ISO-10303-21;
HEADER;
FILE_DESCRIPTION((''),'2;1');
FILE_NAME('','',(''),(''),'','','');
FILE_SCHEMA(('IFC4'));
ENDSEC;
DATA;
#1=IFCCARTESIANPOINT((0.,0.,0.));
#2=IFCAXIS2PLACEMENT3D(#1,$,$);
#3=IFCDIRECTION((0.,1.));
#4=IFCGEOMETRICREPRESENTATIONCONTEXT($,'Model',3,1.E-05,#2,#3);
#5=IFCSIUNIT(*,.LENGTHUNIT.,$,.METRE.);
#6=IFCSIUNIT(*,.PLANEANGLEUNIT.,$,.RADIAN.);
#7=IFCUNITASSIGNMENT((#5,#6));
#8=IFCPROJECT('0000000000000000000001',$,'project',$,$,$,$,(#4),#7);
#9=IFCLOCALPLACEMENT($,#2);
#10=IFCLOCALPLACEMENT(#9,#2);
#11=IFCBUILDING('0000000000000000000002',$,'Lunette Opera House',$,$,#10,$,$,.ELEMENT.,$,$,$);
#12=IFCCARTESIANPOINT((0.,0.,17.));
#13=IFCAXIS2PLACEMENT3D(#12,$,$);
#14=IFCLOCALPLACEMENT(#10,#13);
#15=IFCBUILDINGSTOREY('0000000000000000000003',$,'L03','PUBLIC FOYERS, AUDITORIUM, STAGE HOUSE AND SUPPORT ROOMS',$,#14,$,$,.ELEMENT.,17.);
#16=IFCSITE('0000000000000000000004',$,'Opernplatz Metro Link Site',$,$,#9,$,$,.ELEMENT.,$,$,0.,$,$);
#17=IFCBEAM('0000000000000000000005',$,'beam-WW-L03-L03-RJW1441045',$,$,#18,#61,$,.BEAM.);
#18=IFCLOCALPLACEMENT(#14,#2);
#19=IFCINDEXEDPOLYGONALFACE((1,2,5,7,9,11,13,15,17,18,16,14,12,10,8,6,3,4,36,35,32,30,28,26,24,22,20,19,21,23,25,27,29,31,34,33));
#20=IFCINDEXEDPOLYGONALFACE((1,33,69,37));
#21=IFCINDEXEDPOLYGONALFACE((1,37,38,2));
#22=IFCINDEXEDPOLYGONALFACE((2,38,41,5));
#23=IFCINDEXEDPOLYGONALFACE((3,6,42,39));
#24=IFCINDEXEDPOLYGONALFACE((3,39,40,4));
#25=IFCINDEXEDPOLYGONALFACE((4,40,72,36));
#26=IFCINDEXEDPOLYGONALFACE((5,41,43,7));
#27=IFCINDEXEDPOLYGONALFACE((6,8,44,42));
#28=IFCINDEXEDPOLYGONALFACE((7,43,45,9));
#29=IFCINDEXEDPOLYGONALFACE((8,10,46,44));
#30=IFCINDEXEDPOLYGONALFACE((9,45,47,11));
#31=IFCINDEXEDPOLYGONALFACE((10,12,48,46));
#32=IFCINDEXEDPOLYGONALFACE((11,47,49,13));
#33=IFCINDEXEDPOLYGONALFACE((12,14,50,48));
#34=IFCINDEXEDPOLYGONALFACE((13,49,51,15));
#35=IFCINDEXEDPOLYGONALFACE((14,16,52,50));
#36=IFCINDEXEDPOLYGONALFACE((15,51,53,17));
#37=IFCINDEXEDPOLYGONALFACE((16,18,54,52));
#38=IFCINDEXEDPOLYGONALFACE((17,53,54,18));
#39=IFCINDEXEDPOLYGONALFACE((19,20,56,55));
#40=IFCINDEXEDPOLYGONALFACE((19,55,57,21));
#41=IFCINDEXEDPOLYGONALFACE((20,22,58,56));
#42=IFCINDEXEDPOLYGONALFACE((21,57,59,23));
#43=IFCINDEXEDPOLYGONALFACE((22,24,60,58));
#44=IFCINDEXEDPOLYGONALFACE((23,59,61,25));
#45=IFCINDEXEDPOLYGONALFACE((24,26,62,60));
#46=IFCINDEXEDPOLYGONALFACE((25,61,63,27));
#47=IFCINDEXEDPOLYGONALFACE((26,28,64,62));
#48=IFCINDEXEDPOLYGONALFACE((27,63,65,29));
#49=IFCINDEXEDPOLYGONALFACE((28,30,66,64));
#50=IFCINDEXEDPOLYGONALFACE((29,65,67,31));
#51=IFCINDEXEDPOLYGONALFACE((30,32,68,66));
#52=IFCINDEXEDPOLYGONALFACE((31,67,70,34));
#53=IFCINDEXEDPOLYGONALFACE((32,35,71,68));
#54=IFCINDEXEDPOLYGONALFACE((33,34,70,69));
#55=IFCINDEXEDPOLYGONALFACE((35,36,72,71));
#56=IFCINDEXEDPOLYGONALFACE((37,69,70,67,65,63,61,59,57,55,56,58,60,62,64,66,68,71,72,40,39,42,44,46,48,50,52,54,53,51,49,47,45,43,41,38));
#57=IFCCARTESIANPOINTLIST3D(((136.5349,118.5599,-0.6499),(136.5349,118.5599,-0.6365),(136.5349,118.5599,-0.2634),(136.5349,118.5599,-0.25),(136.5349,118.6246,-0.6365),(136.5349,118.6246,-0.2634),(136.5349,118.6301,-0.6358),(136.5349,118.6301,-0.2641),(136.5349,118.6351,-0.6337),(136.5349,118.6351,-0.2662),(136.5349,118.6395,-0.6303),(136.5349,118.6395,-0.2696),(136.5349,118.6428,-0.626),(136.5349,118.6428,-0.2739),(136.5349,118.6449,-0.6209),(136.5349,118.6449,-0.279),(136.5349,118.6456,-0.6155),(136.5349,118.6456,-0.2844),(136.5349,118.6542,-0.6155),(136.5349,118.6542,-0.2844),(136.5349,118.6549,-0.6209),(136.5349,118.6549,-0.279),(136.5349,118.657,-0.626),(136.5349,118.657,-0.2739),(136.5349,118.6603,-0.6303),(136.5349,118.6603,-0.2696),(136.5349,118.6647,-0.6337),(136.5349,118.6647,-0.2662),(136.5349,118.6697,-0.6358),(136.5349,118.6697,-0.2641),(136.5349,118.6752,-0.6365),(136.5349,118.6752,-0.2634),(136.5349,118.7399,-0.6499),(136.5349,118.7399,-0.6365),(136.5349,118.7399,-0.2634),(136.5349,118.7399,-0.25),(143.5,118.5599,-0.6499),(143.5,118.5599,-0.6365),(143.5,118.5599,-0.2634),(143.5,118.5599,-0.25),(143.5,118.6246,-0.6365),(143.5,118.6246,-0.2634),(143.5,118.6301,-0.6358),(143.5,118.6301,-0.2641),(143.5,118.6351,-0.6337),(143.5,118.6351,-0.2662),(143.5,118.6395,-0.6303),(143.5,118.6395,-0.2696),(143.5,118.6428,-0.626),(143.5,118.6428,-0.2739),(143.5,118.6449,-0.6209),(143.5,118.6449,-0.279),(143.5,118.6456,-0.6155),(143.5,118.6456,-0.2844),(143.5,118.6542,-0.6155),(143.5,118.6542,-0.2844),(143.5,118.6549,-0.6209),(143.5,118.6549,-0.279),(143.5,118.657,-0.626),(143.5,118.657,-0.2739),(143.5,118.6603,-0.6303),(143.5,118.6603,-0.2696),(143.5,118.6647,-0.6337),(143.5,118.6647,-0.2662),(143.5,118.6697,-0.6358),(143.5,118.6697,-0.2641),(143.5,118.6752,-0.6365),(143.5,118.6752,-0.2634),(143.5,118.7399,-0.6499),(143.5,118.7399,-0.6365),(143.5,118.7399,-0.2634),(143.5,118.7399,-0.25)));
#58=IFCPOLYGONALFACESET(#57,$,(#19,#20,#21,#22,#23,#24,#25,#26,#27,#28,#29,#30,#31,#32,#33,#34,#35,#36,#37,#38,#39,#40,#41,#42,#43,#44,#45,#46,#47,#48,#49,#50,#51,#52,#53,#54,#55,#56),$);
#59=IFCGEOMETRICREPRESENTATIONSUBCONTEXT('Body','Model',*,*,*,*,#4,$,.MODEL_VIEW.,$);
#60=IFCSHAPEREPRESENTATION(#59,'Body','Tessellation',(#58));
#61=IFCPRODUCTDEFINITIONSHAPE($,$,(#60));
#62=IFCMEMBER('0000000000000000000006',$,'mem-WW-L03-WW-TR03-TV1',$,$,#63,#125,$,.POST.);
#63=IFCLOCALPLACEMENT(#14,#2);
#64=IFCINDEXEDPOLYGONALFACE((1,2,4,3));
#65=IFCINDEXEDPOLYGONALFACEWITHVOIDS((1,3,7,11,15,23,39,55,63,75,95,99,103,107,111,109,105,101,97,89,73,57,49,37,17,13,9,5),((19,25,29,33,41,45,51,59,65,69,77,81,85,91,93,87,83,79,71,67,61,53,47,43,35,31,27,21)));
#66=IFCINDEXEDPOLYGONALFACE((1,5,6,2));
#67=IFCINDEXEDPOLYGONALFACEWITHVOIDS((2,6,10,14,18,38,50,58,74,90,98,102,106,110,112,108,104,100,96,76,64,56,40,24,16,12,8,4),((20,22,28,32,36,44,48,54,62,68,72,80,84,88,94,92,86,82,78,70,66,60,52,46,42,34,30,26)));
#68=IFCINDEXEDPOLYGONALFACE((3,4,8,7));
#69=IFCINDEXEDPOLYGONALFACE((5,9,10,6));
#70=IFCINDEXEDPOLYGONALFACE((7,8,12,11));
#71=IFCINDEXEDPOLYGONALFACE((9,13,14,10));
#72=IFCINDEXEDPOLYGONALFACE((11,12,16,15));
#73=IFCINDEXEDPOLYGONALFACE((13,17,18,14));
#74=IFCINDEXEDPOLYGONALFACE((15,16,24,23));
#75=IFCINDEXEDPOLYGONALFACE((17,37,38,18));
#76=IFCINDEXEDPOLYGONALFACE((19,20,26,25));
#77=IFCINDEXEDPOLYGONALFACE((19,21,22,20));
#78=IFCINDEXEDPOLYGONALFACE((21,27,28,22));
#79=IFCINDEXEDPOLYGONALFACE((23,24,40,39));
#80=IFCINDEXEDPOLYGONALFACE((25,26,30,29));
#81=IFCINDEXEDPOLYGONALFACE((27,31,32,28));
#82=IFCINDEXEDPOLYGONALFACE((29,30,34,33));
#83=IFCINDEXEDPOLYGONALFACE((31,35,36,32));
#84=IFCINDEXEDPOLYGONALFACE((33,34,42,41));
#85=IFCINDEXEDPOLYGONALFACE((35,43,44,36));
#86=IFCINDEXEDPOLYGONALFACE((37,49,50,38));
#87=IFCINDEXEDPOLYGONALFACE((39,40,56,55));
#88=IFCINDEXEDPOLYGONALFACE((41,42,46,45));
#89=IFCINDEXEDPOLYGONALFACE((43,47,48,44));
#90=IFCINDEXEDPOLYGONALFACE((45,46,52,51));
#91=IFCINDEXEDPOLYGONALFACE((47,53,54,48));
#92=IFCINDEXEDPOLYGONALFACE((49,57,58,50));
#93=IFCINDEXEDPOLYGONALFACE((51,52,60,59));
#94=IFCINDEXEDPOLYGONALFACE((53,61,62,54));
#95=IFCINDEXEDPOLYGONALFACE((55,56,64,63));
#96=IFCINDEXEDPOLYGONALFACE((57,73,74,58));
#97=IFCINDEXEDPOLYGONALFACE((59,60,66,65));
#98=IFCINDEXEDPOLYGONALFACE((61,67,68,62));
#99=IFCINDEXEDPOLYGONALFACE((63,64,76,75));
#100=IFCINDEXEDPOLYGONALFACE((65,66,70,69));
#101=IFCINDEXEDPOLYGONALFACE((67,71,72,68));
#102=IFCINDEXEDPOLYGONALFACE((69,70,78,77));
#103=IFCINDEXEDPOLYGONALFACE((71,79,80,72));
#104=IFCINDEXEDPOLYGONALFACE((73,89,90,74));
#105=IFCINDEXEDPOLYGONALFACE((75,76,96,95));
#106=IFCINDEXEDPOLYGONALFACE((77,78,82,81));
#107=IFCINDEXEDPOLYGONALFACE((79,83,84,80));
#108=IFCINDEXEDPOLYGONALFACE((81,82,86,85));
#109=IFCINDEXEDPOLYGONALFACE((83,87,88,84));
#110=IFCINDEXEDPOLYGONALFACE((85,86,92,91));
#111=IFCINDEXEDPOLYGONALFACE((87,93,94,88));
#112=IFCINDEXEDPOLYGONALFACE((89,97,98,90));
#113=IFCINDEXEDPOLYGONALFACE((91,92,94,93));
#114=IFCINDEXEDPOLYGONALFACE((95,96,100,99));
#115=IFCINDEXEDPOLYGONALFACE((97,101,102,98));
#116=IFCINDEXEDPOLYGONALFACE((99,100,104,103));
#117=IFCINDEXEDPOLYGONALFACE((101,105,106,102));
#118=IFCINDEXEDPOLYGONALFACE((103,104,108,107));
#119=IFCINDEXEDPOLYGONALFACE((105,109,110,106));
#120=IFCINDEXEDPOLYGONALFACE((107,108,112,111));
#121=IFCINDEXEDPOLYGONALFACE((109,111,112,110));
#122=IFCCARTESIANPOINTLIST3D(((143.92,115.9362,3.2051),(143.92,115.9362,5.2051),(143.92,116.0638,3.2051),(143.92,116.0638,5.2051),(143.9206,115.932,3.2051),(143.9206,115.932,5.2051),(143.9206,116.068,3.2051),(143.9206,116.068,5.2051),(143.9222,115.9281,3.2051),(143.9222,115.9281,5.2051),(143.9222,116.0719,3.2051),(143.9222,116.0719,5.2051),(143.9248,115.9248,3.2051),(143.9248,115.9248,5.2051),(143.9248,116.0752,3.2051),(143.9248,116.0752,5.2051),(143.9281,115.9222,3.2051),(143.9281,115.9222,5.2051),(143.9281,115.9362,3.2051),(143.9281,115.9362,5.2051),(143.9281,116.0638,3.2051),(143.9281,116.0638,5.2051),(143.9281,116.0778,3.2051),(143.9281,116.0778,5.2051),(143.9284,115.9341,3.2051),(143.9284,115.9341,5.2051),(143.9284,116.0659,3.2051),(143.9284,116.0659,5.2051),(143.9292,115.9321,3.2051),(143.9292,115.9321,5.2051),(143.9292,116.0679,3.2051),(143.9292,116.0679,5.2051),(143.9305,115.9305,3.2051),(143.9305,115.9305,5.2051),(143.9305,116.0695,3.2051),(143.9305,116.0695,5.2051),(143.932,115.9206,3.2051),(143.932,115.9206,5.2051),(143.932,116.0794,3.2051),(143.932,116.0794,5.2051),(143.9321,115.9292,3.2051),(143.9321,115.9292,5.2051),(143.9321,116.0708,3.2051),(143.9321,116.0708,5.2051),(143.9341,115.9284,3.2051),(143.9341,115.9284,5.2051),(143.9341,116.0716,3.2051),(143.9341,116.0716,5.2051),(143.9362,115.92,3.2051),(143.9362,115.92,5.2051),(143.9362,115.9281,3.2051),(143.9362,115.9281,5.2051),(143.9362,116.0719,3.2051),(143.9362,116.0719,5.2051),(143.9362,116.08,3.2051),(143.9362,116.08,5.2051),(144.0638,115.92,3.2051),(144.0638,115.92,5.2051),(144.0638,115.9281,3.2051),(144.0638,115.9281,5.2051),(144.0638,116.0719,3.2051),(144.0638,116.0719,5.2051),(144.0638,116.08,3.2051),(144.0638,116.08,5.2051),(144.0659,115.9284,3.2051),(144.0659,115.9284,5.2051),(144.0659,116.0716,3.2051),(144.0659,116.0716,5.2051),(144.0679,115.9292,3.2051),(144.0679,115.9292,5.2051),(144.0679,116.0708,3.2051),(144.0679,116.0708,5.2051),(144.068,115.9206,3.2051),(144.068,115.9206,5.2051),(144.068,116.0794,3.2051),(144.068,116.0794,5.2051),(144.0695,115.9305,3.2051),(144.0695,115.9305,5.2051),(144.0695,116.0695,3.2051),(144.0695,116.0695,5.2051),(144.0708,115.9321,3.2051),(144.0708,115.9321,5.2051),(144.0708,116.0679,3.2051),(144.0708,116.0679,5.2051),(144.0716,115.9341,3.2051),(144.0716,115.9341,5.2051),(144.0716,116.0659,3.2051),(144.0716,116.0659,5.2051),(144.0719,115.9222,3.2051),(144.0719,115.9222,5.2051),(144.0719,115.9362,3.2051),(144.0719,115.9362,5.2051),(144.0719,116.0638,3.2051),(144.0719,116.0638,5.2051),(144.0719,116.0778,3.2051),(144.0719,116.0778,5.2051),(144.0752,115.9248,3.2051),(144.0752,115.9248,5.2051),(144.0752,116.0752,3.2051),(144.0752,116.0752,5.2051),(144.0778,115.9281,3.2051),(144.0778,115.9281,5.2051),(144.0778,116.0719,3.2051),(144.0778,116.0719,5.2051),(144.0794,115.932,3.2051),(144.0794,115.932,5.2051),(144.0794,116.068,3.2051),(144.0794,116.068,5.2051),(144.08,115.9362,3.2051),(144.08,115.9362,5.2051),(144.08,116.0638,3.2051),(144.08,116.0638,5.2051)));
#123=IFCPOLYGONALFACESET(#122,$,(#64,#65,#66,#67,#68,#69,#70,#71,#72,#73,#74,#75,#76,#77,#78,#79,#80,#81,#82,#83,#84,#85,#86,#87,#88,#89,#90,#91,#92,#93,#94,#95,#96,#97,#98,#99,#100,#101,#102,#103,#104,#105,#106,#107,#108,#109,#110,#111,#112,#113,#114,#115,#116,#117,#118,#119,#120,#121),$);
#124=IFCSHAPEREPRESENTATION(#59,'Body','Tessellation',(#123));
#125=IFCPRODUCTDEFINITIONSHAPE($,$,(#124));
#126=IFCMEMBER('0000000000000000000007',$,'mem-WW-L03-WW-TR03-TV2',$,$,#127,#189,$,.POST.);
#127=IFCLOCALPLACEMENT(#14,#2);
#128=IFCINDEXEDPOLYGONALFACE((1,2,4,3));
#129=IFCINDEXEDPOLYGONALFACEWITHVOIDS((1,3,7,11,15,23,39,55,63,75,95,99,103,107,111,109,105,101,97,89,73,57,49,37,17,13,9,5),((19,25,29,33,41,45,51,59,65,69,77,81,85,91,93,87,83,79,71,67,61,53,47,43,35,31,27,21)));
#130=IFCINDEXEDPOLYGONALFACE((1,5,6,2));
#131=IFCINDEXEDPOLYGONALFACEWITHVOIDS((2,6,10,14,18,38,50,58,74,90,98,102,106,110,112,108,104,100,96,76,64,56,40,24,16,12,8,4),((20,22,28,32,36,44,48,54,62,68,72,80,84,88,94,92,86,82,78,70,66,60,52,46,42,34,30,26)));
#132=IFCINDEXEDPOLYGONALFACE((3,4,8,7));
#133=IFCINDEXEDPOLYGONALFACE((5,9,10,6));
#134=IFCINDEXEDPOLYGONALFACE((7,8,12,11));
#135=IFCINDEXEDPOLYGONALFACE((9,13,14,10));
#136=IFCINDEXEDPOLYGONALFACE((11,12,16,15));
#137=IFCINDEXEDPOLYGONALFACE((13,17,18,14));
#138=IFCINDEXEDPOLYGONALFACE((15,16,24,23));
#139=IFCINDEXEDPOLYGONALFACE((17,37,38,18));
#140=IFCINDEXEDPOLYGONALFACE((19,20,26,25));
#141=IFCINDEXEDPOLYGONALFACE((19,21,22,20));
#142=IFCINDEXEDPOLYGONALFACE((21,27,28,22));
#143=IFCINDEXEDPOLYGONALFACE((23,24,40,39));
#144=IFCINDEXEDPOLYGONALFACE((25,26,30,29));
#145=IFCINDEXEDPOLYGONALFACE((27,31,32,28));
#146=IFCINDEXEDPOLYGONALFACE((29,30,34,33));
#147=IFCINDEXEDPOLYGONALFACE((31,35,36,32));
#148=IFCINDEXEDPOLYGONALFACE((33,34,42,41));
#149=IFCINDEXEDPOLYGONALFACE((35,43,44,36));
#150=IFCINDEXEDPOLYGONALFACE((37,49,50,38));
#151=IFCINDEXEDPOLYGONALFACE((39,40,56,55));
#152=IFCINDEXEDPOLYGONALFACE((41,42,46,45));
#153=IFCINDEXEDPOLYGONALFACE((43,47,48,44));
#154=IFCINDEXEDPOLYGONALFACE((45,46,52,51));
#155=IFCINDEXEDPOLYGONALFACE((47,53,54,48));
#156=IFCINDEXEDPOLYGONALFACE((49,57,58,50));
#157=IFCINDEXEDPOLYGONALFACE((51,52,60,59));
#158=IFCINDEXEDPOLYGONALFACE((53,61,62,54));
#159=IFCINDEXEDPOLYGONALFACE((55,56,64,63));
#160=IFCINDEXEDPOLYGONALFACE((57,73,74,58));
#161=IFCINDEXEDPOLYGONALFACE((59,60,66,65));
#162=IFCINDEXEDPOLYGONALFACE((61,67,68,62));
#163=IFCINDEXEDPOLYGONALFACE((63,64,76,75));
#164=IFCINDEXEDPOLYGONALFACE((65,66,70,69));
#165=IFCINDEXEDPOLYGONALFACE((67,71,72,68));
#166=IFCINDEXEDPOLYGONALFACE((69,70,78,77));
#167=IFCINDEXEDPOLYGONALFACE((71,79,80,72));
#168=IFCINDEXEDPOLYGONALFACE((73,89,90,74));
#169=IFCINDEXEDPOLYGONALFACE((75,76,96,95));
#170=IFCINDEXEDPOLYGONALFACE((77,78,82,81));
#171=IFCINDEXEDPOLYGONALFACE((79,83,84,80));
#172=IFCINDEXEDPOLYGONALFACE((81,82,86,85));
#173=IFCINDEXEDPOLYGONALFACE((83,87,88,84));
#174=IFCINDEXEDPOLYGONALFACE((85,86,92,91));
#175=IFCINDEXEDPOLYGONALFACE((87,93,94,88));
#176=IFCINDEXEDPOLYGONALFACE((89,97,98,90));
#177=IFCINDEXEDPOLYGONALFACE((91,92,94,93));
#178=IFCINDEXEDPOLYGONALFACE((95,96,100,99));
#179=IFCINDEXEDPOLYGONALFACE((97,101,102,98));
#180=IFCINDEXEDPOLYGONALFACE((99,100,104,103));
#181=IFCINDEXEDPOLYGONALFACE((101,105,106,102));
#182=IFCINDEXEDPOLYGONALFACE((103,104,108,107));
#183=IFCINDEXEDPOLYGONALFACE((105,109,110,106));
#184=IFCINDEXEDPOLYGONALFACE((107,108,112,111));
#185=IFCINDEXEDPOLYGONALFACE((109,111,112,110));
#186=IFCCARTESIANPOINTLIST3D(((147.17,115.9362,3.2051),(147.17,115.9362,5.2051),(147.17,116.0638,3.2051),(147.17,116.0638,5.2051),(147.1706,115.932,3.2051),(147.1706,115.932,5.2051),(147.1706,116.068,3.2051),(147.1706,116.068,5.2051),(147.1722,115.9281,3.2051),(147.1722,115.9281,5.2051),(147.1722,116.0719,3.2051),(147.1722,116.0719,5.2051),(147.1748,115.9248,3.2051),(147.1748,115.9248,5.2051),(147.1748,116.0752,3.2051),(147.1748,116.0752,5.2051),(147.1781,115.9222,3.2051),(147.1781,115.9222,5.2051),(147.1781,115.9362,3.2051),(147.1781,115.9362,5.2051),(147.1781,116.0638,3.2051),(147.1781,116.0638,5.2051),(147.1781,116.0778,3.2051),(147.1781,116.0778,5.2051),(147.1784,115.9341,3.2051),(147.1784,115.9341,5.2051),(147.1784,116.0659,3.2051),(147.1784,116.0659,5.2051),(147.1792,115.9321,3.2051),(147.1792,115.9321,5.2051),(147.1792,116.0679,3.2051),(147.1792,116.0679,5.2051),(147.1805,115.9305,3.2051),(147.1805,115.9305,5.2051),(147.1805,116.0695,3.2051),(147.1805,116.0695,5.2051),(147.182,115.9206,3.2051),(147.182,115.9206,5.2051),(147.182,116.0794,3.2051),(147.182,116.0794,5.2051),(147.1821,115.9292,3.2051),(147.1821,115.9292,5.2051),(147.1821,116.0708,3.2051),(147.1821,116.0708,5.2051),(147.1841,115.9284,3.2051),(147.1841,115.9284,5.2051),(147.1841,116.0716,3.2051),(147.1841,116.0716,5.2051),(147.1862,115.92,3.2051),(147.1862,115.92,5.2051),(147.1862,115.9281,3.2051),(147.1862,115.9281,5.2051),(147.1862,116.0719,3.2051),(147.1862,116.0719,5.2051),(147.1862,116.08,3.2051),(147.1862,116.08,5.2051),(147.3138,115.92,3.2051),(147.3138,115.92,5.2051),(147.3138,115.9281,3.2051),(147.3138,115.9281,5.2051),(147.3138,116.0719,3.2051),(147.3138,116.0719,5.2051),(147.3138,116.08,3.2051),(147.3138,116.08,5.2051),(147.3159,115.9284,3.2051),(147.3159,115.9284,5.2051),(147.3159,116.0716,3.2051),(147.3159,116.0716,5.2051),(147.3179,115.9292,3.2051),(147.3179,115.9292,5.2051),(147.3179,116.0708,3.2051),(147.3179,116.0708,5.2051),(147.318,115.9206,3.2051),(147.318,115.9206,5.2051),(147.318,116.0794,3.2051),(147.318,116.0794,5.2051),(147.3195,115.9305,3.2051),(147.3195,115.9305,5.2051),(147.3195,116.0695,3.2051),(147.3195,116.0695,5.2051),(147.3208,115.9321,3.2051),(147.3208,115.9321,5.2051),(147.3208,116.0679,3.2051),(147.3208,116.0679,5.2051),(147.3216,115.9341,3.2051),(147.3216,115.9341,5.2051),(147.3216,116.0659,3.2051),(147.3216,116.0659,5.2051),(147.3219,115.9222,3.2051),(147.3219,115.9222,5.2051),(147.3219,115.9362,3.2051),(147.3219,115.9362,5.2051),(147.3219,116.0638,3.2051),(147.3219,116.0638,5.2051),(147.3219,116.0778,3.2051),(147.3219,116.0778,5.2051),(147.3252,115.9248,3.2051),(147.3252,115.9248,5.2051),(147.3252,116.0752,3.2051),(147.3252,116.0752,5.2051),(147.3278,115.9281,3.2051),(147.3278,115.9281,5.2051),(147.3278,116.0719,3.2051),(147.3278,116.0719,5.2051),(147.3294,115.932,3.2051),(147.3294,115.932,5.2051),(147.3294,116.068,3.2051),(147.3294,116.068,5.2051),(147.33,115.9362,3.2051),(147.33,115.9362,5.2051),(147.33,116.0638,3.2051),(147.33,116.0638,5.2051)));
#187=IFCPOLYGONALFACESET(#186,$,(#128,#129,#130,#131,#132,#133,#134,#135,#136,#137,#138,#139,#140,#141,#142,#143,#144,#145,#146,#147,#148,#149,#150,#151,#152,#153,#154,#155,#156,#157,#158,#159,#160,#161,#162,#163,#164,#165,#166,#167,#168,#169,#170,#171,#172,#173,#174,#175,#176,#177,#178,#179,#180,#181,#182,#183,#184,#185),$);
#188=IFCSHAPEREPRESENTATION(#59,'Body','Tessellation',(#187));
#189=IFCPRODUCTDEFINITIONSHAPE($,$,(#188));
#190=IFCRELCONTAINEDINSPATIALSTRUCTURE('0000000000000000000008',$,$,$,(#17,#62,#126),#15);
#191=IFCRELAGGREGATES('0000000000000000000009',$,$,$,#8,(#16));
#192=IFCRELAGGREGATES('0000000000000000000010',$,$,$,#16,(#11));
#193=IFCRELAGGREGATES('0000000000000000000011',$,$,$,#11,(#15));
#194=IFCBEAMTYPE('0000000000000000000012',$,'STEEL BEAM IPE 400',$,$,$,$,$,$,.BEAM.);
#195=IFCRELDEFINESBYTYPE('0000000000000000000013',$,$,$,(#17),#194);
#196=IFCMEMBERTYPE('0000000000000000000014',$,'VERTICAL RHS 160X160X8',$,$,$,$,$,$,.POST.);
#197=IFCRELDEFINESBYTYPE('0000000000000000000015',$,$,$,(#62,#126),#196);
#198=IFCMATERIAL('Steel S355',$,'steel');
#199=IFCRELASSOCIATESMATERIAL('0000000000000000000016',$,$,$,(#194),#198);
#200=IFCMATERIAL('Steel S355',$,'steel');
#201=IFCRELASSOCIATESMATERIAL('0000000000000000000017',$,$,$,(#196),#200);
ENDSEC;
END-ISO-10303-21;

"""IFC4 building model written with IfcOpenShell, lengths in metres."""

from ifc_helpers import new_model, si_unit, direction, frame, origin, origin_2d, place, context, subcontext, project, spatial, hollow_rectangle, i_section, extrude, material, material_profile, profile_set, type_object, element, save


model = new_model("IFC4")

# Units and contexts
model_context = context("Model", 3, precision=1e-05, world=origin(), true_north=direction((0.0, 1.0)))
body_context = subcontext(model_context, "Body", "Model", "MODEL_VIEW")
ifc_project = project(units=[si_unit("LENGTHUNIT", "METRE"), si_unit("PLANEANGLEUNIT", "RADIAN")], contexts=[model_context])

# Site, building, storey
site_placement = place(None, origin())
site = spatial("IfcSite", under=ifc_project, at=site_placement, Name="Opernplatz Metro Link Site", CompositionType="ELEMENT", RefElevation=0.0)
building_placement = place(site_placement, origin())
building = spatial("IfcBuilding", under=site, at=building_placement, Name="Lunette Opera House", CompositionType="ELEMENT")
storey_placement = place(building_placement, frame((0.0, 0.0, 17.0)))
storey = spatial("IfcBuildingStorey", under=building, at=storey_placement, Name="L03", Description="PUBLIC FOYERS, AUDITORIUM, STAGE HOUSE AND SUPPORT ROOMS", CompositionType="ELEMENT", Elevation=17.0)

# Beam
ifc_material_1 = material(Name="Steel S355", Category="steel")
ifc_material_profile_1 = material_profile(ifc_material_1, i_section(OverallWidth=0.1799, OverallDepth=0.3999, WebThickness=0.0085, FlangeThickness=0.0134, FilletRadius=0.021, at=origin_2d()), Name="IPE 400")
ifc_profile_set_1 = profile_set([ifc_material_profile_1], Name="Steel S355")
beam_type_1 = type_object("IfcBeamType", Name="STEEL BEAM IPE 400", PredefinedType="BEAM", material=ifc_profile_set_1)
for number, where, z_axis, x_axis, name in (
    (1, (143.5, 118.6499, -0.45), (-1.0, 0.0, 0.0), (0.0, -1.0, 0.0), "beam-WW-L03-L03-RJW1441045"),
):
    element("IfcBeam", number, at=place(storey_placement, frame(where, z_axis=z_axis, x_axis=x_axis)), inside=storey, type_object=beam_type_1, Name=name, PredefinedType="BEAM", context=body_context, shape_type="SweptSolid", body=[
        extrude(i_section(OverallWidth=0.1799, OverallDepth=0.3999, WebThickness=0.0085, FlangeThickness=0.0134, FilletRadius=0.021, at=origin_2d()), origin(), (0.0, 0.0, 1.0), 6.9651),
    ])

# Members
ifc_material_2 = material(Name="Steel S355", Category="steel")
ifc_material_profile_2 = material_profile(ifc_material_2, hollow_rectangle(XDim=0.1599, YDim=0.1599, WallThickness=0.0081, InnerFilletRadius=0.0081, OuterFilletRadius=0.0161, at=origin_2d()), Name="RHS 160X160X8")
ifc_profile_set_2 = profile_set([ifc_material_profile_2], Name="Steel S355")
member_type_1 = type_object("IfcMemberType", Name="VERTICAL RHS 160X160X8", PredefinedType="POST", material=ifc_profile_set_2)
for number, where, z_axis, x_axis, name in (
    (2, (144.0, 116.0, 3.2051), (0.0, 0.0, 1.0), (1.0, 0.0, 0.0), "mem-WW-L03-WW-TR03-TV1"),
    (3, (147.25, 116.0, 3.2051), (0.0, 0.0, 1.0), (1.0, 0.0, 0.0), "mem-WW-L03-WW-TR03-TV2"),
):
    element("IfcMember", number, at=place(storey_placement, frame(where, z_axis=z_axis, x_axis=x_axis)), inside=storey, type_object=member_type_1, Name=name, PredefinedType="POST", context=body_context, shape_type="SweptSolid", body=[
        extrude(hollow_rectangle(XDim=0.1599, YDim=0.1599, WallThickness=0.0081, InnerFilletRadius=0.0081, OuterFilletRadius=0.0161, at=origin_2d()), origin(), (0.0, 0.0, 1.0), 2.0),
    ])

save(model, "model.ifc")
